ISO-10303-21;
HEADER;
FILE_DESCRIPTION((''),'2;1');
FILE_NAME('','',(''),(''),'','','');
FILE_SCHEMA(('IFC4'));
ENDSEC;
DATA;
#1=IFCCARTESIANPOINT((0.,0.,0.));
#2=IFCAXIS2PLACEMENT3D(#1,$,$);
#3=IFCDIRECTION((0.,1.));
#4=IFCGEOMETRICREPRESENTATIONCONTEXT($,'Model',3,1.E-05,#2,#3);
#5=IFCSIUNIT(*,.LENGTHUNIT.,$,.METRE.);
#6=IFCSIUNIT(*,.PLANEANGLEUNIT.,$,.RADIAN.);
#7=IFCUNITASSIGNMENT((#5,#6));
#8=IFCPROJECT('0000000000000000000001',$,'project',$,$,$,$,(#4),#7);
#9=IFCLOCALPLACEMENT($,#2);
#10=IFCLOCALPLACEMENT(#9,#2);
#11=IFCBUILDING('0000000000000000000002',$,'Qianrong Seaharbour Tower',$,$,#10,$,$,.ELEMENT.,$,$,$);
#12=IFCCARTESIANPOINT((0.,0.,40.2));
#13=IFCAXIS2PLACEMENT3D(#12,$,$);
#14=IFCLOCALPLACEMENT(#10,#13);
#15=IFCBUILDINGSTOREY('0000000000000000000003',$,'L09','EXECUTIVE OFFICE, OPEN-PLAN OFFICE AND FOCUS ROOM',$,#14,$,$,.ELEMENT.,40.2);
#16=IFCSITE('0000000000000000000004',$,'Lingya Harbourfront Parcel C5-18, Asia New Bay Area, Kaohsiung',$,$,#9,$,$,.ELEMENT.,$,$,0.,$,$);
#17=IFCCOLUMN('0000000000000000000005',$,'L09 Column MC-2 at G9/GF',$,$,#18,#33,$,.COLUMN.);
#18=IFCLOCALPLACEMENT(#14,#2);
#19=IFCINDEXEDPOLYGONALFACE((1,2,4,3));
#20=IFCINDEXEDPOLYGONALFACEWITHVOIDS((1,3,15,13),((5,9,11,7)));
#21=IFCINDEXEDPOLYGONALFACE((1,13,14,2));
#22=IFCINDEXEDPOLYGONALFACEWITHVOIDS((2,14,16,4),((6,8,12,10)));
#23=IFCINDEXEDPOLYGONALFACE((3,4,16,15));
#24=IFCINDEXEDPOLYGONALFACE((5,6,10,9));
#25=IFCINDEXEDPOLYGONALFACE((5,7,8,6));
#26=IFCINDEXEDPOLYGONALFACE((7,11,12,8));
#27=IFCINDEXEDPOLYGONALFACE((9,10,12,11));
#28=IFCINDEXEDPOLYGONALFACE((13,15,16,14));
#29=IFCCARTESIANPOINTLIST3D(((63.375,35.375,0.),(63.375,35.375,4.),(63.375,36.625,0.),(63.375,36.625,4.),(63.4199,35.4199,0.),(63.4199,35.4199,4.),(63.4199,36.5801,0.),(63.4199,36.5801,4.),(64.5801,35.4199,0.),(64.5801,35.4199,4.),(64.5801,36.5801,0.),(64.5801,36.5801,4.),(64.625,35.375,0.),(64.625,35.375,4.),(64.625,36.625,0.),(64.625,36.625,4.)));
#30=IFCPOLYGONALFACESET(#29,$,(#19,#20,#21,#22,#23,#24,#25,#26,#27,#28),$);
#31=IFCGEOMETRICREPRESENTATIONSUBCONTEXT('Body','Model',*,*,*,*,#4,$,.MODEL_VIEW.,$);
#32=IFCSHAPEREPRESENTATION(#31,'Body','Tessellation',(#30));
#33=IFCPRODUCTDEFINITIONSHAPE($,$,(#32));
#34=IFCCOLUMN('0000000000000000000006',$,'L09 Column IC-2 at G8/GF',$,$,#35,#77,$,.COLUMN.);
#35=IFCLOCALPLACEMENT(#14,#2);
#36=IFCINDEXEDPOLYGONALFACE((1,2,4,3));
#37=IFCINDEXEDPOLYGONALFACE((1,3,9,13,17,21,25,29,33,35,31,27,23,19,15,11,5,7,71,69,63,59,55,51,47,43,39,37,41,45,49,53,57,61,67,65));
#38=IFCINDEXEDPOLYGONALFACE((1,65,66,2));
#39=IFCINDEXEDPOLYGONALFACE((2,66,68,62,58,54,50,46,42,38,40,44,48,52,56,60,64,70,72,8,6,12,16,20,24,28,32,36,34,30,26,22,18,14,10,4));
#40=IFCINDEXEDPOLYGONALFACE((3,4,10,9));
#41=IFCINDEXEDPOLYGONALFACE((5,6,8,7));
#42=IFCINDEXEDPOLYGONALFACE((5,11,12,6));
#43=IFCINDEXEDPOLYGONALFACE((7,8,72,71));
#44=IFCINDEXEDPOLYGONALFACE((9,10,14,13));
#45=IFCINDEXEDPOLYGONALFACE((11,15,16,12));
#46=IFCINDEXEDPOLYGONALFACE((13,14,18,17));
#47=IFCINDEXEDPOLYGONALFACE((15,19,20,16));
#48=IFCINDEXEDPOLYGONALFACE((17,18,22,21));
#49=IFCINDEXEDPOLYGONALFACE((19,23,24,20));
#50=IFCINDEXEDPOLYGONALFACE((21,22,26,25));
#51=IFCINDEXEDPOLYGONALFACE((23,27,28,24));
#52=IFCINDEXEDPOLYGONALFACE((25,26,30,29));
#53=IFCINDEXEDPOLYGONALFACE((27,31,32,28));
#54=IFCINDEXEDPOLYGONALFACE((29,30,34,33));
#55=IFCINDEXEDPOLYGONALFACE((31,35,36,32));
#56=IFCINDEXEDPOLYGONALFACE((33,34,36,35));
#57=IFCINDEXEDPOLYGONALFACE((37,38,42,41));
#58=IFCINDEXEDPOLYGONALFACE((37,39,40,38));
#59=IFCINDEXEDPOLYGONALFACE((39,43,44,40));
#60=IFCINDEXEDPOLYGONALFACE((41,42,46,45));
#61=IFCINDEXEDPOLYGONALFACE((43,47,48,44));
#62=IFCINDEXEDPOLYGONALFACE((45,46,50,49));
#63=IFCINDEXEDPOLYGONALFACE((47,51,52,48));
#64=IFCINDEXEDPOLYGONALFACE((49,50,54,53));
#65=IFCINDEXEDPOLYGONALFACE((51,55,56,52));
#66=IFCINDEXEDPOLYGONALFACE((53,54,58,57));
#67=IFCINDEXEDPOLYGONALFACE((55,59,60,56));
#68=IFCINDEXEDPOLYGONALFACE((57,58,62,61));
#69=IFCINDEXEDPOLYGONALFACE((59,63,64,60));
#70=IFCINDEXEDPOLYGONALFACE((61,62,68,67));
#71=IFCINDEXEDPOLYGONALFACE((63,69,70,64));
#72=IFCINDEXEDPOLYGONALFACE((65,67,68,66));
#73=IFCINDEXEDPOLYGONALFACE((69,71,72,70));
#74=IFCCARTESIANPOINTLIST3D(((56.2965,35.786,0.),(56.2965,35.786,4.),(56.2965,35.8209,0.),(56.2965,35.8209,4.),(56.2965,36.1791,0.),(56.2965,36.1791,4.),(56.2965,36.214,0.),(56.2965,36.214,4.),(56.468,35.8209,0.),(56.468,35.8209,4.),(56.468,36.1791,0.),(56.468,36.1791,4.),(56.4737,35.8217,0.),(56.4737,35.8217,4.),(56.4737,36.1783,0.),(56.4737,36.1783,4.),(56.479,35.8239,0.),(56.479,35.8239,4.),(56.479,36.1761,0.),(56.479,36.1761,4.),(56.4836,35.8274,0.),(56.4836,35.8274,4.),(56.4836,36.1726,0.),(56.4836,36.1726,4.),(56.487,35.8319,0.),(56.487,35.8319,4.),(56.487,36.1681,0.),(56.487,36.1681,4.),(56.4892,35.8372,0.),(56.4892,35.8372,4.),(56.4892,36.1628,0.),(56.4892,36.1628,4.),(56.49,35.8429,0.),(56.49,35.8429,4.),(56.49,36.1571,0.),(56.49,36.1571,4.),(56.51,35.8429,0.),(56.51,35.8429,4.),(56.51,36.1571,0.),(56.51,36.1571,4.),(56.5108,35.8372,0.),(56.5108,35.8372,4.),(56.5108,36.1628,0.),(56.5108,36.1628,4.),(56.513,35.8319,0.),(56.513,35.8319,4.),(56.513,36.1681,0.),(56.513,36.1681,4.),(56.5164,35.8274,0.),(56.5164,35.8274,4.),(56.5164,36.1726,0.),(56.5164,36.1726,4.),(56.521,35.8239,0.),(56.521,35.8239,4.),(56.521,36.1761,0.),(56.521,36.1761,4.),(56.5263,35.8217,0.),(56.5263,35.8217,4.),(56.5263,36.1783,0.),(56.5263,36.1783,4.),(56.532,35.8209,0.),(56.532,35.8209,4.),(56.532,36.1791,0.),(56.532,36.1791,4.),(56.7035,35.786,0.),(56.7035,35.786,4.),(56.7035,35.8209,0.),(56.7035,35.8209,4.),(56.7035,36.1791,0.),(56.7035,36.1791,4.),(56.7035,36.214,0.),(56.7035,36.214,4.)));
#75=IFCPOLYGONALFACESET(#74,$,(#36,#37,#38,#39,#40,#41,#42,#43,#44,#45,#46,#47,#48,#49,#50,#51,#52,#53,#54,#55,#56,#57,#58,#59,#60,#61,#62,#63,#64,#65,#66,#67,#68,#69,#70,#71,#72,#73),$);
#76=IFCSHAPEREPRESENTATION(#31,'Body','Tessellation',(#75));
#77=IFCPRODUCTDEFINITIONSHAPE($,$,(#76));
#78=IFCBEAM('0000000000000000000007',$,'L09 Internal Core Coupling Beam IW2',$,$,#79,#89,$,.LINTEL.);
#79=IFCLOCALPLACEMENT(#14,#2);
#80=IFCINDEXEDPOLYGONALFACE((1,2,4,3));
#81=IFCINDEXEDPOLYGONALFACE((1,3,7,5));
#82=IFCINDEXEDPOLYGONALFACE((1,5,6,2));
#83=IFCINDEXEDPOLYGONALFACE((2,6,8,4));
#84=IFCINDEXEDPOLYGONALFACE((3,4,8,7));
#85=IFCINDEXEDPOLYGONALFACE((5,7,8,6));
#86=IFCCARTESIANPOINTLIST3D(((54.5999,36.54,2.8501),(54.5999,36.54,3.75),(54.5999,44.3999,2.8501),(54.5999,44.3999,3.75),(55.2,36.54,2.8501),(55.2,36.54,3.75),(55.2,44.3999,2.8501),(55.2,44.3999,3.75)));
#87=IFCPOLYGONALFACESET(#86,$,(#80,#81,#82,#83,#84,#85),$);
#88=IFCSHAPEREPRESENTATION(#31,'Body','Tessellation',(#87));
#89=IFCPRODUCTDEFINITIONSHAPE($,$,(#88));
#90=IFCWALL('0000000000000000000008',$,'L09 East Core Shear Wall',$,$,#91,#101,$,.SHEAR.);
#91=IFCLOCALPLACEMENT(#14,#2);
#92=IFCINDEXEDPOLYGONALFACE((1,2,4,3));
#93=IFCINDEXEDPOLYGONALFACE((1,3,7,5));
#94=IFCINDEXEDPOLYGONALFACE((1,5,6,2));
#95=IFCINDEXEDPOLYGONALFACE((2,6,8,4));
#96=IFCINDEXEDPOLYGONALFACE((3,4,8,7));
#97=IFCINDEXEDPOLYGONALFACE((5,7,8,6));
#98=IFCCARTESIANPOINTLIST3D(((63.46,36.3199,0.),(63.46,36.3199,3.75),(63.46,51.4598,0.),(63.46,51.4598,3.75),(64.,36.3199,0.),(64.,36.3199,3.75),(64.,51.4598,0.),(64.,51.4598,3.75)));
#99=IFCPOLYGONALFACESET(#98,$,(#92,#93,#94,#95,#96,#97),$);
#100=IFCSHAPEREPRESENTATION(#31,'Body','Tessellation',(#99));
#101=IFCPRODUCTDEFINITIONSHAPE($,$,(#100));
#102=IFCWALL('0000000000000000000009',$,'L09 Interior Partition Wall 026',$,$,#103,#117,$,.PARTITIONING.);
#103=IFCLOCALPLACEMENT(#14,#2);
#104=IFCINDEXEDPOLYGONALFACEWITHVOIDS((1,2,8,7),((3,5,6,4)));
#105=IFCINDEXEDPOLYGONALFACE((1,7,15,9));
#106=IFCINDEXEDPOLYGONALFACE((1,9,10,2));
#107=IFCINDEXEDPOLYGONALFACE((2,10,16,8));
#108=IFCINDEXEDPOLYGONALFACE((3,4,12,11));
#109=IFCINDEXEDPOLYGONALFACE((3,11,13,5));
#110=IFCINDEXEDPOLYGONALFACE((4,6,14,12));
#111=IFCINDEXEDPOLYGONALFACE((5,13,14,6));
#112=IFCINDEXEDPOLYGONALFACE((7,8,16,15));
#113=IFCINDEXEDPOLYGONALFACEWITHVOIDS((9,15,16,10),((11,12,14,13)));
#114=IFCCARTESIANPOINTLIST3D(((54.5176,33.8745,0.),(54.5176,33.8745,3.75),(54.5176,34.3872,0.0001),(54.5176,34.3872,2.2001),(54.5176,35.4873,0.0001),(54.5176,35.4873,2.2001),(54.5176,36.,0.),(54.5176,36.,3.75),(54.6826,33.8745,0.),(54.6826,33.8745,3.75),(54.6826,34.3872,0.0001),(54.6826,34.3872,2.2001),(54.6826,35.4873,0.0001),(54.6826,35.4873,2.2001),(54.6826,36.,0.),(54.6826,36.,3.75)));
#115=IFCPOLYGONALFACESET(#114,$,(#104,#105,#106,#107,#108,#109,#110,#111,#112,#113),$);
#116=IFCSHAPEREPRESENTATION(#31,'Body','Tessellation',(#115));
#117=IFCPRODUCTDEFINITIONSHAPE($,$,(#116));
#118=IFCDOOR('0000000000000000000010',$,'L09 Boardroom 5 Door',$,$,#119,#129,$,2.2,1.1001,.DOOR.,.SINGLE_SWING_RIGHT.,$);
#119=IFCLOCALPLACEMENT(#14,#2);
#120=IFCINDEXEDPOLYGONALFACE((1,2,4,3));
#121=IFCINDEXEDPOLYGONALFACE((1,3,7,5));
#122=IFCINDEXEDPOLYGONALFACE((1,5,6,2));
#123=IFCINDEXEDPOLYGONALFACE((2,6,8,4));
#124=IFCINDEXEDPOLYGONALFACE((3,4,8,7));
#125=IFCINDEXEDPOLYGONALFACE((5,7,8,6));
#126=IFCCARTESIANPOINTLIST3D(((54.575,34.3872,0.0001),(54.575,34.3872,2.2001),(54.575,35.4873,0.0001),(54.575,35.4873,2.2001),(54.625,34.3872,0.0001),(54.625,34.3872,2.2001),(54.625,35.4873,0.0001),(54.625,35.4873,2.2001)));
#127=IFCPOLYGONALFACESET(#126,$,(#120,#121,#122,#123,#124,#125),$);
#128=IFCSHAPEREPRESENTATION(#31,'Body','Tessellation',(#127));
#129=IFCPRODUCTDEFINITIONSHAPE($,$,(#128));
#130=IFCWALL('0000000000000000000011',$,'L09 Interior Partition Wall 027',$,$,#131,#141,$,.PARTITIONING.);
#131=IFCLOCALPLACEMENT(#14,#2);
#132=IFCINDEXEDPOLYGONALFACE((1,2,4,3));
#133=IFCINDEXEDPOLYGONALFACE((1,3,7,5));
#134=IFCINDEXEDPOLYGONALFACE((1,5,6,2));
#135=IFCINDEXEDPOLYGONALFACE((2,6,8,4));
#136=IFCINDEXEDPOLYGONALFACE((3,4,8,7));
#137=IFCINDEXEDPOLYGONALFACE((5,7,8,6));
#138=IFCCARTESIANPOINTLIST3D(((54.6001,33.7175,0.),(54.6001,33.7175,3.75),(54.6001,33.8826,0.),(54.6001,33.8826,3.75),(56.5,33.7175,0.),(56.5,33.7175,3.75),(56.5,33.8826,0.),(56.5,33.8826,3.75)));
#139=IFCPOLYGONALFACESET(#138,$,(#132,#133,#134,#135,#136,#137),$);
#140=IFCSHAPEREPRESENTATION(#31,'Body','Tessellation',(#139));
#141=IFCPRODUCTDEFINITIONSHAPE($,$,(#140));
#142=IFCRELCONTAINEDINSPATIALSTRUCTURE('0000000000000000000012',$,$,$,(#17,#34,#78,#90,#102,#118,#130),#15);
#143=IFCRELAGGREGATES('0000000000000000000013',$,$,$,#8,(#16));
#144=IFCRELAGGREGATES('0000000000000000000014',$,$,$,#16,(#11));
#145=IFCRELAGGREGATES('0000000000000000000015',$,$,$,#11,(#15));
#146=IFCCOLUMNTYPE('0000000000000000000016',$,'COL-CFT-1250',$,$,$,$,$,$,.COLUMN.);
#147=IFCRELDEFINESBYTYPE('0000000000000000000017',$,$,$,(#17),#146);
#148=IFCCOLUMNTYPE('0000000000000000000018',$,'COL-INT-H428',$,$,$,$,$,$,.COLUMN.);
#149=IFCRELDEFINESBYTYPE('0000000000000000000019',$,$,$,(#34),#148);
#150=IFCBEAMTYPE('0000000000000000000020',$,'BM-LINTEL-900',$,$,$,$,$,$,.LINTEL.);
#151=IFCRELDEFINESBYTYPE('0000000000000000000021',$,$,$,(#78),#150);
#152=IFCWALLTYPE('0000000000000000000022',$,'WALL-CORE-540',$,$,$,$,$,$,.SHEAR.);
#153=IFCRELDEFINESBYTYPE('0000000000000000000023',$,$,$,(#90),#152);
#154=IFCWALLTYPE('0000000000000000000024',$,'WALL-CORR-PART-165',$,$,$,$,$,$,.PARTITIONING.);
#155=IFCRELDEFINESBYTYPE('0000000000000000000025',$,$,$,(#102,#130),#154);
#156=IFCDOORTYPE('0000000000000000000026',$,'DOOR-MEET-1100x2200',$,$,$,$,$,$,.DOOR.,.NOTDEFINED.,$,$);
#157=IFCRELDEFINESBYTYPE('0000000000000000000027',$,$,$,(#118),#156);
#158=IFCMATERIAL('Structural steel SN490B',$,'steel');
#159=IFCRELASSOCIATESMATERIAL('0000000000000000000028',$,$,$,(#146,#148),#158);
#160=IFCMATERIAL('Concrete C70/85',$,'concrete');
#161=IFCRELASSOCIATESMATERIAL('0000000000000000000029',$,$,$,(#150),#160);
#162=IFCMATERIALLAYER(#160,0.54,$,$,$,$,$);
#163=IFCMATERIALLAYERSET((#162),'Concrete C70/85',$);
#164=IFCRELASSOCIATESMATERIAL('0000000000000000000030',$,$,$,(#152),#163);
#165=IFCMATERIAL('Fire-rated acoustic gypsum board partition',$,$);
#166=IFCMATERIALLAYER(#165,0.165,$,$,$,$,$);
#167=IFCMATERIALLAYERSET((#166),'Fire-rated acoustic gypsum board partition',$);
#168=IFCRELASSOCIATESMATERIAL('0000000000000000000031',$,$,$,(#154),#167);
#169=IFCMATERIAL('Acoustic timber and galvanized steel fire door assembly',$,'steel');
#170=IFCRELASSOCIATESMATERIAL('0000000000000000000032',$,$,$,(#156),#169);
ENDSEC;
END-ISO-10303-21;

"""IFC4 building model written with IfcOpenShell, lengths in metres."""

from ifc_helpers import new_model, si_unit, direction, frame, frame_2d, origin, origin_2d, place, context, subcontext, project, spatial, rectangle, hollow_rectangle, i_section, extrude, material, layer, layer_set, material_profile, profile_set, type_object, element, fill, save


model = new_model("IFC4")

# Units and contexts
model_context = context("Model", 3, precision=1e-05, world=origin(), true_north=direction((0.0, 1.0)))
body_context = subcontext(model_context, "Body", "Model", "MODEL_VIEW")
ifc_project = project(units=[si_unit("LENGTHUNIT", "METRE"), si_unit("PLANEANGLEUNIT", "RADIAN")], contexts=[model_context])

# Site, building, storey
site_placement = place(None, origin())
site = spatial("IfcSite", under=ifc_project, at=site_placement, Name="Lingya Harbourfront Parcel C5-18, Asia New Bay Area, Kaohsiung", CompositionType="ELEMENT", RefElevation=0.0)
building_placement = place(site_placement, origin())
building = spatial("IfcBuilding", under=site, at=building_placement, Name="Qianrong Seaharbour Tower", CompositionType="ELEMENT")
storey_placement = place(building_placement, frame((0.0, 0.0, 40.2)))
storey = spatial("IfcBuildingStorey", under=building, at=storey_placement, Name="L09", Description="EXECUTIVE OFFICE, OPEN-PLAN OFFICE AND FOCUS ROOM", CompositionType="ELEMENT", Elevation=40.2)

# Columns
ifc_material_1 = material(Name="Structural steel SN490B", Category="steel")
ifc_material_profile_1 = material_profile(ifc_material_1, hollow_rectangle(XDim=1.25, YDim=1.25, WallThickness=0.0449, at=origin_2d()), Name="BOX1250x1250x45")
ifc_profile_set_1 = profile_set([ifc_material_profile_1], Name="Structural steel SN490B")
column_type_1 = type_object("IfcColumnType", Name="COL-CFT-1250", PredefinedType="COLUMN", material=ifc_profile_set_1)
column_1_placement = place(storey_placement, frame((64.0, 36.0, 0.0), z_axis=(0.0, 0.0, 1.0), x_axis=(1.0, 0.0, 0.0)))
element("IfcColumn", 1, at=column_1_placement, inside=storey, type_object=column_type_1, Name="L09 Column MC-2 at G9/GF", PredefinedType="COLUMN", context=body_context, shape_type="SweptSolid", body=[
    extrude(hollow_rectangle(XDim=1.25, YDim=1.25, WallThickness=0.0449, at=origin_2d()), origin(), (0.0, 0.0, 1.0), 4.0),
])
ifc_material_profile_2 = material_profile(ifc_material_1, i_section(OverallWidth=0.407, OverallDepth=0.428, WebThickness=0.02, FlangeThickness=0.0349, FilletRadius=0.022, at=origin_2d()), Name="H428x407x20x35")
ifc_profile_set_2 = profile_set([ifc_material_profile_2], Name="Structural steel SN490B")
column_type_2 = type_object("IfcColumnType", Name="COL-INT-H428", PredefinedType="COLUMN", material=ifc_profile_set_2)
column_2_placement = place(storey_placement, frame((56.5, 36.0, 0.0), z_axis=(0.0, 0.0, 1.0), x_axis=(1.0, 0.0, 0.0)))
element("IfcColumn", 2, at=column_2_placement, inside=storey, type_object=column_type_2, Name="L09 Column IC-2 at G8/GF", PredefinedType="COLUMN", context=body_context, shape_type="SweptSolid", body=[
    extrude(i_section(OverallWidth=0.407, OverallDepth=0.428, WebThickness=0.02, FlangeThickness=0.0349, FilletRadius=0.022, at=origin_2d()), origin(), (0.0, 0.0, 1.0), 4.0),
])

# Beam
ifc_material_2 = material(Name="Concrete C70/85", Category="concrete")
ifc_material_profile_3 = material_profile(ifc_material_2, rectangle(XDim=0.6001, YDim=0.8999, at=origin_2d()), Name="RC600x900")
ifc_profile_set_3 = profile_set([ifc_material_profile_3], Name="Concrete C70/85")
beam_type = type_object("IfcBeamType", Name="BM-LINTEL-900", PredefinedType="LINTEL", material=ifc_profile_set_3)
beam_placement = place(storey_placement, frame((54.8999, 36.54, 3.3), z_axis=(0.0, 1.0, 0.0), x_axis=(-1.0, 0.0, 0.0)))
element("IfcBeam", 3, at=beam_placement, inside=storey, type_object=beam_type, Name="L09 Internal Core Coupling Beam IW2", PredefinedType="LINTEL", context=body_context, shape_type="SweptSolid", body=[
    extrude(rectangle(XDim=0.6001, YDim=0.8999, at=origin_2d()), origin(), (0.0, 0.0, 1.0), 7.8599),
])

# Wall
ifc_layer_1 = layer(ifc_material_2, 0.54)
ifc_layer_set_1 = layer_set([ifc_layer_1], Name="Concrete C70/85")
wall_type_1 = type_object("IfcWallType", Name="WALL-CORE-540", PredefinedType="SHEAR", material=ifc_layer_set_1)
wall_1_placement = place(storey_placement, frame((63.73, 36.3201, 0.0), z_axis=(0.0, 0.0, 1.0), x_axis=(0.0, 1.0, 0.0)))
element("IfcWall", 4, at=wall_1_placement, inside=storey, type_object=wall_type_1, Name="L09 East Core Shear Wall", PredefinedType="SHEAR", context=body_context, shape_type="SweptSolid", body=[
    extrude(rectangle(XDim=15.1399, YDim=0.54, at=frame_2d((7.5698, 0.0))), origin(), (0.0, 0.0, 1.0), 3.75),
])

# Wall, opening, door
ifc_material_3 = material(Name="Fire-rated acoustic gypsum board partition")
ifc_layer_2 = layer(ifc_material_3, 0.165)
ifc_layer_set_2 = layer_set([ifc_layer_2], Name="Fire-rated acoustic gypsum board partition")
wall_type_2 = type_object("IfcWallType", Name="WALL-CORR-PART-165", PredefinedType="PARTITIONING", material=ifc_layer_set_2)
wall_2_placement = place(storey_placement, frame((54.6001, 36.0, 0.0), z_axis=(0.0, 0.0, 1.0), x_axis=(0.0, -1.0, 0.0)))
wall_2 = element("IfcWall", 5, at=wall_2_placement, inside=storey, type_object=wall_type_2, Name="L09 Interior Partition Wall 026", PredefinedType="PARTITIONING", context=body_context, shape_type="SweptSolid", body=[
    extrude(rectangle(XDim=2.1255, YDim=0.165, at=frame_2d((1.0627, 0.0))), origin(), (0.0, 0.0, 1.0), 3.75),
])
opening_1_placement = place(wall_2_placement, frame((0.5127, 0.0, 0.0)))
opening_1 = element("IfcOpeningElement", 6, at=opening_1_placement, cuts=wall_2, PredefinedType="OPENING", context=body_context, shape_type="SweptSolid", body=[
    extrude(rectangle(XDim=1.1001, YDim=2.2, at=frame_2d((0.55, 1.1001))), frame((0.0, 0.0925, 0.0), z_axis=(0.0, -1.0, 0.0), x_axis=(1.0, 0.0, 0.0)), (0.0, 0.0, 1.0), 0.1851),
])
ifc_material_4 = material(Name="Acoustic timber and galvanized steel fire door assembly", Category="steel")
door_type_1 = type_object("IfcDoorType", Name="DOOR-MEET-1100x2200", OperationType="NOTDEFINED", PredefinedType="DOOR", material=ifc_material_4)
door_1_placement = place(opening_1_placement, origin())
door_1 = element("IfcDoor", 7, at=door_1_placement, inside=storey, type_object=door_type_1, Name="L09 Boardroom 5 Door", OperationType="SINGLE_SWING_RIGHT", OverallHeight=2.2, OverallWidth=1.1001, PredefinedType="DOOR", context=body_context, shape_type="SweptSolid", body=[
    extrude(rectangle(XDim=1.1001, YDim=2.2, at=frame_2d((0.55, 1.1001))), frame((0.0, 0.0249, 0.0), z_axis=(0.0, -1.0, 0.0), x_axis=(1.0, 0.0, 0.0)), (0.0, 0.0, 1.0), 0.05),
])
fill(opening_1, door_1)

# Wall
wall_3_placement = place(storey_placement, frame((54.6001, 33.8, 0.0), z_axis=(0.0, 0.0, 1.0), x_axis=(1.0, 0.0, 0.0)))
element("IfcWall", 8, at=wall_3_placement, inside=storey, type_object=wall_type_2, Name="L09 Interior Partition Wall 027", PredefinedType="PARTITIONING", context=body_context, shape_type="SweptSolid", body=[
    extrude(rectangle(XDim=1.8999, YDim=0.165, at=frame_2d((0.95, 0.0))), origin(), (0.0, 0.0, 1.0), 3.75),
])

save(model, "model.ifc")
